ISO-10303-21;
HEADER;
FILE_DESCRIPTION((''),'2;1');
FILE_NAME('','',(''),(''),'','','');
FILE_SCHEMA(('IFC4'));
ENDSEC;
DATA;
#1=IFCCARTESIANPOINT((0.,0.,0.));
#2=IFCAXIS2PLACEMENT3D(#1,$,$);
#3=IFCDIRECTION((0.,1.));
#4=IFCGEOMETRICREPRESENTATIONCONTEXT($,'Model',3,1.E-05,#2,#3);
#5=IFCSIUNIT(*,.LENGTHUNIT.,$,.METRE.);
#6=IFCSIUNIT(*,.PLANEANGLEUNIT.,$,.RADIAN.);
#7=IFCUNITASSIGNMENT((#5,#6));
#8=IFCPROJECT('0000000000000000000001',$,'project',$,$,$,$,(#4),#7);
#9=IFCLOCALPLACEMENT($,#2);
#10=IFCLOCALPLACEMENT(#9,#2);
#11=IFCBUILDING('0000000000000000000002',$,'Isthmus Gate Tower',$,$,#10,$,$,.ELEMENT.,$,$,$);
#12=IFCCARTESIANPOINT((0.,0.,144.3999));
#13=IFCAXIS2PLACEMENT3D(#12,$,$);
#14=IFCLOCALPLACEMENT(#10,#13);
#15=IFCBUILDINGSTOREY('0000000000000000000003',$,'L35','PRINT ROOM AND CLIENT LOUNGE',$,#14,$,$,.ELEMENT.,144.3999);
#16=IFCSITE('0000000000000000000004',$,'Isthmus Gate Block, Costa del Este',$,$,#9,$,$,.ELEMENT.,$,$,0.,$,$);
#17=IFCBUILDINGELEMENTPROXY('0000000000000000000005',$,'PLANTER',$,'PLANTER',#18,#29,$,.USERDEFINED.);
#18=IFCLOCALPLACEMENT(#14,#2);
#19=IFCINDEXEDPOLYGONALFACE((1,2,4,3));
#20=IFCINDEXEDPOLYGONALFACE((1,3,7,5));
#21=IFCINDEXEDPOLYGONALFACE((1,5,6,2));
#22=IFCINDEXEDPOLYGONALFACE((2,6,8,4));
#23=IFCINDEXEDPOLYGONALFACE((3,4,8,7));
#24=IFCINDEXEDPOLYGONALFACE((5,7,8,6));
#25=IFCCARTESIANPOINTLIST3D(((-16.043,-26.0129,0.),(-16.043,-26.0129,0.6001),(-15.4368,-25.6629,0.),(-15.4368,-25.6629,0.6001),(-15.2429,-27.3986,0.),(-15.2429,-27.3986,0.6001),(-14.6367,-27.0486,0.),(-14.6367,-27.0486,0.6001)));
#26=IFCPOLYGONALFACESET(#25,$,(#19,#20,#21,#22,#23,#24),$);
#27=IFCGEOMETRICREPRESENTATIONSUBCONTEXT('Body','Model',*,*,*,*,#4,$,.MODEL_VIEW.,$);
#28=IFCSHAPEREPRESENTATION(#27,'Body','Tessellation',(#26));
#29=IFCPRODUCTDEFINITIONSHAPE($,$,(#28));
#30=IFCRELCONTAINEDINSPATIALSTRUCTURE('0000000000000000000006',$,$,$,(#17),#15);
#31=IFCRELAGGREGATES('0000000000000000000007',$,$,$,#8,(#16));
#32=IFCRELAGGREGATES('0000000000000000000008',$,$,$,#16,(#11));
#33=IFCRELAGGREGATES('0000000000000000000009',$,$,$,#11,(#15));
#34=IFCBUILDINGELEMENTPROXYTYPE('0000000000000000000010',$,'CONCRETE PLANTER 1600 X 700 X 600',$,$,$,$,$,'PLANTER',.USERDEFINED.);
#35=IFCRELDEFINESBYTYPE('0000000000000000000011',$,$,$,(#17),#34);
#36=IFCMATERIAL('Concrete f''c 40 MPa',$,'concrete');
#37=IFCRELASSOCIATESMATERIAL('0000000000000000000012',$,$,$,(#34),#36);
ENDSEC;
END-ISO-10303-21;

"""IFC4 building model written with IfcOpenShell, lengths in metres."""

from ifc_helpers import new_model, si_unit, direction, frame, origin, origin_2d, place, context, subcontext, project, spatial, rectangle, extrude, material, type_object, element, save


model = new_model("IFC4")

# Units and contexts
model_context = context("Model", 3, precision=1e-05, world=origin(), true_north=direction((0.0, 1.0)))
body_context = subcontext(model_context, "Body", "Model", "MODEL_VIEW")
ifc_project = project(units=[si_unit("LENGTHUNIT", "METRE"), si_unit("PLANEANGLEUNIT", "RADIAN")], contexts=[model_context])

# Site, building, storey
site_placement = place(None, origin())
site = spatial("IfcSite", under=ifc_project, at=site_placement, Name="Isthmus Gate Block, Costa del Este", CompositionType="ELEMENT", RefElevation=0.0)
building_placement = place(site_placement, origin())
building = spatial("IfcBuilding", under=site, at=building_placement, Name="Isthmus Gate Tower", CompositionType="ELEMENT")
storey_placement = place(building_placement, frame((0.0, 0.0, 144.3999)))
storey = spatial("IfcBuildingStorey", under=building, at=storey_placement, Name="L35", Description="PRINT ROOM AND CLIENT LOUNGE", CompositionType="ELEMENT", Elevation=144.3999)

# Building element proxy
ifc_material_1 = material(Name="Concrete f'c 40 MPa", Category="concrete")
building_element_proxy_type = type_object("IfcBuildingElementProxyType", Name="CONCRETE PLANTER 1600 X 700 X 600", ElementType="PLANTER", PredefinedType="USERDEFINED", material=ifc_material_1)
for number, where, z_axis, x_axis, name in (
    (1, (-15.3398, -26.5308, 0.0), (0.0, 0.0, 1.0), (0.5, -0.866025, 0.0), "PLANTER"),
):
    element("IfcBuildingElementProxy", number, at=place(storey_placement, frame(where, z_axis=z_axis, x_axis=x_axis)), inside=storey, type_object=building_element_proxy_type, Name=name, ObjectType="PLANTER", PredefinedType="USERDEFINED", context=body_context, shape_type="SweptSolid", body=[
        extrude(rectangle(XDim=1.6001, YDim=0.7, at=origin_2d()), origin(), (0.0, 0.0, 1.0), 0.6001),
    ])

save(model, "model.ifc")
